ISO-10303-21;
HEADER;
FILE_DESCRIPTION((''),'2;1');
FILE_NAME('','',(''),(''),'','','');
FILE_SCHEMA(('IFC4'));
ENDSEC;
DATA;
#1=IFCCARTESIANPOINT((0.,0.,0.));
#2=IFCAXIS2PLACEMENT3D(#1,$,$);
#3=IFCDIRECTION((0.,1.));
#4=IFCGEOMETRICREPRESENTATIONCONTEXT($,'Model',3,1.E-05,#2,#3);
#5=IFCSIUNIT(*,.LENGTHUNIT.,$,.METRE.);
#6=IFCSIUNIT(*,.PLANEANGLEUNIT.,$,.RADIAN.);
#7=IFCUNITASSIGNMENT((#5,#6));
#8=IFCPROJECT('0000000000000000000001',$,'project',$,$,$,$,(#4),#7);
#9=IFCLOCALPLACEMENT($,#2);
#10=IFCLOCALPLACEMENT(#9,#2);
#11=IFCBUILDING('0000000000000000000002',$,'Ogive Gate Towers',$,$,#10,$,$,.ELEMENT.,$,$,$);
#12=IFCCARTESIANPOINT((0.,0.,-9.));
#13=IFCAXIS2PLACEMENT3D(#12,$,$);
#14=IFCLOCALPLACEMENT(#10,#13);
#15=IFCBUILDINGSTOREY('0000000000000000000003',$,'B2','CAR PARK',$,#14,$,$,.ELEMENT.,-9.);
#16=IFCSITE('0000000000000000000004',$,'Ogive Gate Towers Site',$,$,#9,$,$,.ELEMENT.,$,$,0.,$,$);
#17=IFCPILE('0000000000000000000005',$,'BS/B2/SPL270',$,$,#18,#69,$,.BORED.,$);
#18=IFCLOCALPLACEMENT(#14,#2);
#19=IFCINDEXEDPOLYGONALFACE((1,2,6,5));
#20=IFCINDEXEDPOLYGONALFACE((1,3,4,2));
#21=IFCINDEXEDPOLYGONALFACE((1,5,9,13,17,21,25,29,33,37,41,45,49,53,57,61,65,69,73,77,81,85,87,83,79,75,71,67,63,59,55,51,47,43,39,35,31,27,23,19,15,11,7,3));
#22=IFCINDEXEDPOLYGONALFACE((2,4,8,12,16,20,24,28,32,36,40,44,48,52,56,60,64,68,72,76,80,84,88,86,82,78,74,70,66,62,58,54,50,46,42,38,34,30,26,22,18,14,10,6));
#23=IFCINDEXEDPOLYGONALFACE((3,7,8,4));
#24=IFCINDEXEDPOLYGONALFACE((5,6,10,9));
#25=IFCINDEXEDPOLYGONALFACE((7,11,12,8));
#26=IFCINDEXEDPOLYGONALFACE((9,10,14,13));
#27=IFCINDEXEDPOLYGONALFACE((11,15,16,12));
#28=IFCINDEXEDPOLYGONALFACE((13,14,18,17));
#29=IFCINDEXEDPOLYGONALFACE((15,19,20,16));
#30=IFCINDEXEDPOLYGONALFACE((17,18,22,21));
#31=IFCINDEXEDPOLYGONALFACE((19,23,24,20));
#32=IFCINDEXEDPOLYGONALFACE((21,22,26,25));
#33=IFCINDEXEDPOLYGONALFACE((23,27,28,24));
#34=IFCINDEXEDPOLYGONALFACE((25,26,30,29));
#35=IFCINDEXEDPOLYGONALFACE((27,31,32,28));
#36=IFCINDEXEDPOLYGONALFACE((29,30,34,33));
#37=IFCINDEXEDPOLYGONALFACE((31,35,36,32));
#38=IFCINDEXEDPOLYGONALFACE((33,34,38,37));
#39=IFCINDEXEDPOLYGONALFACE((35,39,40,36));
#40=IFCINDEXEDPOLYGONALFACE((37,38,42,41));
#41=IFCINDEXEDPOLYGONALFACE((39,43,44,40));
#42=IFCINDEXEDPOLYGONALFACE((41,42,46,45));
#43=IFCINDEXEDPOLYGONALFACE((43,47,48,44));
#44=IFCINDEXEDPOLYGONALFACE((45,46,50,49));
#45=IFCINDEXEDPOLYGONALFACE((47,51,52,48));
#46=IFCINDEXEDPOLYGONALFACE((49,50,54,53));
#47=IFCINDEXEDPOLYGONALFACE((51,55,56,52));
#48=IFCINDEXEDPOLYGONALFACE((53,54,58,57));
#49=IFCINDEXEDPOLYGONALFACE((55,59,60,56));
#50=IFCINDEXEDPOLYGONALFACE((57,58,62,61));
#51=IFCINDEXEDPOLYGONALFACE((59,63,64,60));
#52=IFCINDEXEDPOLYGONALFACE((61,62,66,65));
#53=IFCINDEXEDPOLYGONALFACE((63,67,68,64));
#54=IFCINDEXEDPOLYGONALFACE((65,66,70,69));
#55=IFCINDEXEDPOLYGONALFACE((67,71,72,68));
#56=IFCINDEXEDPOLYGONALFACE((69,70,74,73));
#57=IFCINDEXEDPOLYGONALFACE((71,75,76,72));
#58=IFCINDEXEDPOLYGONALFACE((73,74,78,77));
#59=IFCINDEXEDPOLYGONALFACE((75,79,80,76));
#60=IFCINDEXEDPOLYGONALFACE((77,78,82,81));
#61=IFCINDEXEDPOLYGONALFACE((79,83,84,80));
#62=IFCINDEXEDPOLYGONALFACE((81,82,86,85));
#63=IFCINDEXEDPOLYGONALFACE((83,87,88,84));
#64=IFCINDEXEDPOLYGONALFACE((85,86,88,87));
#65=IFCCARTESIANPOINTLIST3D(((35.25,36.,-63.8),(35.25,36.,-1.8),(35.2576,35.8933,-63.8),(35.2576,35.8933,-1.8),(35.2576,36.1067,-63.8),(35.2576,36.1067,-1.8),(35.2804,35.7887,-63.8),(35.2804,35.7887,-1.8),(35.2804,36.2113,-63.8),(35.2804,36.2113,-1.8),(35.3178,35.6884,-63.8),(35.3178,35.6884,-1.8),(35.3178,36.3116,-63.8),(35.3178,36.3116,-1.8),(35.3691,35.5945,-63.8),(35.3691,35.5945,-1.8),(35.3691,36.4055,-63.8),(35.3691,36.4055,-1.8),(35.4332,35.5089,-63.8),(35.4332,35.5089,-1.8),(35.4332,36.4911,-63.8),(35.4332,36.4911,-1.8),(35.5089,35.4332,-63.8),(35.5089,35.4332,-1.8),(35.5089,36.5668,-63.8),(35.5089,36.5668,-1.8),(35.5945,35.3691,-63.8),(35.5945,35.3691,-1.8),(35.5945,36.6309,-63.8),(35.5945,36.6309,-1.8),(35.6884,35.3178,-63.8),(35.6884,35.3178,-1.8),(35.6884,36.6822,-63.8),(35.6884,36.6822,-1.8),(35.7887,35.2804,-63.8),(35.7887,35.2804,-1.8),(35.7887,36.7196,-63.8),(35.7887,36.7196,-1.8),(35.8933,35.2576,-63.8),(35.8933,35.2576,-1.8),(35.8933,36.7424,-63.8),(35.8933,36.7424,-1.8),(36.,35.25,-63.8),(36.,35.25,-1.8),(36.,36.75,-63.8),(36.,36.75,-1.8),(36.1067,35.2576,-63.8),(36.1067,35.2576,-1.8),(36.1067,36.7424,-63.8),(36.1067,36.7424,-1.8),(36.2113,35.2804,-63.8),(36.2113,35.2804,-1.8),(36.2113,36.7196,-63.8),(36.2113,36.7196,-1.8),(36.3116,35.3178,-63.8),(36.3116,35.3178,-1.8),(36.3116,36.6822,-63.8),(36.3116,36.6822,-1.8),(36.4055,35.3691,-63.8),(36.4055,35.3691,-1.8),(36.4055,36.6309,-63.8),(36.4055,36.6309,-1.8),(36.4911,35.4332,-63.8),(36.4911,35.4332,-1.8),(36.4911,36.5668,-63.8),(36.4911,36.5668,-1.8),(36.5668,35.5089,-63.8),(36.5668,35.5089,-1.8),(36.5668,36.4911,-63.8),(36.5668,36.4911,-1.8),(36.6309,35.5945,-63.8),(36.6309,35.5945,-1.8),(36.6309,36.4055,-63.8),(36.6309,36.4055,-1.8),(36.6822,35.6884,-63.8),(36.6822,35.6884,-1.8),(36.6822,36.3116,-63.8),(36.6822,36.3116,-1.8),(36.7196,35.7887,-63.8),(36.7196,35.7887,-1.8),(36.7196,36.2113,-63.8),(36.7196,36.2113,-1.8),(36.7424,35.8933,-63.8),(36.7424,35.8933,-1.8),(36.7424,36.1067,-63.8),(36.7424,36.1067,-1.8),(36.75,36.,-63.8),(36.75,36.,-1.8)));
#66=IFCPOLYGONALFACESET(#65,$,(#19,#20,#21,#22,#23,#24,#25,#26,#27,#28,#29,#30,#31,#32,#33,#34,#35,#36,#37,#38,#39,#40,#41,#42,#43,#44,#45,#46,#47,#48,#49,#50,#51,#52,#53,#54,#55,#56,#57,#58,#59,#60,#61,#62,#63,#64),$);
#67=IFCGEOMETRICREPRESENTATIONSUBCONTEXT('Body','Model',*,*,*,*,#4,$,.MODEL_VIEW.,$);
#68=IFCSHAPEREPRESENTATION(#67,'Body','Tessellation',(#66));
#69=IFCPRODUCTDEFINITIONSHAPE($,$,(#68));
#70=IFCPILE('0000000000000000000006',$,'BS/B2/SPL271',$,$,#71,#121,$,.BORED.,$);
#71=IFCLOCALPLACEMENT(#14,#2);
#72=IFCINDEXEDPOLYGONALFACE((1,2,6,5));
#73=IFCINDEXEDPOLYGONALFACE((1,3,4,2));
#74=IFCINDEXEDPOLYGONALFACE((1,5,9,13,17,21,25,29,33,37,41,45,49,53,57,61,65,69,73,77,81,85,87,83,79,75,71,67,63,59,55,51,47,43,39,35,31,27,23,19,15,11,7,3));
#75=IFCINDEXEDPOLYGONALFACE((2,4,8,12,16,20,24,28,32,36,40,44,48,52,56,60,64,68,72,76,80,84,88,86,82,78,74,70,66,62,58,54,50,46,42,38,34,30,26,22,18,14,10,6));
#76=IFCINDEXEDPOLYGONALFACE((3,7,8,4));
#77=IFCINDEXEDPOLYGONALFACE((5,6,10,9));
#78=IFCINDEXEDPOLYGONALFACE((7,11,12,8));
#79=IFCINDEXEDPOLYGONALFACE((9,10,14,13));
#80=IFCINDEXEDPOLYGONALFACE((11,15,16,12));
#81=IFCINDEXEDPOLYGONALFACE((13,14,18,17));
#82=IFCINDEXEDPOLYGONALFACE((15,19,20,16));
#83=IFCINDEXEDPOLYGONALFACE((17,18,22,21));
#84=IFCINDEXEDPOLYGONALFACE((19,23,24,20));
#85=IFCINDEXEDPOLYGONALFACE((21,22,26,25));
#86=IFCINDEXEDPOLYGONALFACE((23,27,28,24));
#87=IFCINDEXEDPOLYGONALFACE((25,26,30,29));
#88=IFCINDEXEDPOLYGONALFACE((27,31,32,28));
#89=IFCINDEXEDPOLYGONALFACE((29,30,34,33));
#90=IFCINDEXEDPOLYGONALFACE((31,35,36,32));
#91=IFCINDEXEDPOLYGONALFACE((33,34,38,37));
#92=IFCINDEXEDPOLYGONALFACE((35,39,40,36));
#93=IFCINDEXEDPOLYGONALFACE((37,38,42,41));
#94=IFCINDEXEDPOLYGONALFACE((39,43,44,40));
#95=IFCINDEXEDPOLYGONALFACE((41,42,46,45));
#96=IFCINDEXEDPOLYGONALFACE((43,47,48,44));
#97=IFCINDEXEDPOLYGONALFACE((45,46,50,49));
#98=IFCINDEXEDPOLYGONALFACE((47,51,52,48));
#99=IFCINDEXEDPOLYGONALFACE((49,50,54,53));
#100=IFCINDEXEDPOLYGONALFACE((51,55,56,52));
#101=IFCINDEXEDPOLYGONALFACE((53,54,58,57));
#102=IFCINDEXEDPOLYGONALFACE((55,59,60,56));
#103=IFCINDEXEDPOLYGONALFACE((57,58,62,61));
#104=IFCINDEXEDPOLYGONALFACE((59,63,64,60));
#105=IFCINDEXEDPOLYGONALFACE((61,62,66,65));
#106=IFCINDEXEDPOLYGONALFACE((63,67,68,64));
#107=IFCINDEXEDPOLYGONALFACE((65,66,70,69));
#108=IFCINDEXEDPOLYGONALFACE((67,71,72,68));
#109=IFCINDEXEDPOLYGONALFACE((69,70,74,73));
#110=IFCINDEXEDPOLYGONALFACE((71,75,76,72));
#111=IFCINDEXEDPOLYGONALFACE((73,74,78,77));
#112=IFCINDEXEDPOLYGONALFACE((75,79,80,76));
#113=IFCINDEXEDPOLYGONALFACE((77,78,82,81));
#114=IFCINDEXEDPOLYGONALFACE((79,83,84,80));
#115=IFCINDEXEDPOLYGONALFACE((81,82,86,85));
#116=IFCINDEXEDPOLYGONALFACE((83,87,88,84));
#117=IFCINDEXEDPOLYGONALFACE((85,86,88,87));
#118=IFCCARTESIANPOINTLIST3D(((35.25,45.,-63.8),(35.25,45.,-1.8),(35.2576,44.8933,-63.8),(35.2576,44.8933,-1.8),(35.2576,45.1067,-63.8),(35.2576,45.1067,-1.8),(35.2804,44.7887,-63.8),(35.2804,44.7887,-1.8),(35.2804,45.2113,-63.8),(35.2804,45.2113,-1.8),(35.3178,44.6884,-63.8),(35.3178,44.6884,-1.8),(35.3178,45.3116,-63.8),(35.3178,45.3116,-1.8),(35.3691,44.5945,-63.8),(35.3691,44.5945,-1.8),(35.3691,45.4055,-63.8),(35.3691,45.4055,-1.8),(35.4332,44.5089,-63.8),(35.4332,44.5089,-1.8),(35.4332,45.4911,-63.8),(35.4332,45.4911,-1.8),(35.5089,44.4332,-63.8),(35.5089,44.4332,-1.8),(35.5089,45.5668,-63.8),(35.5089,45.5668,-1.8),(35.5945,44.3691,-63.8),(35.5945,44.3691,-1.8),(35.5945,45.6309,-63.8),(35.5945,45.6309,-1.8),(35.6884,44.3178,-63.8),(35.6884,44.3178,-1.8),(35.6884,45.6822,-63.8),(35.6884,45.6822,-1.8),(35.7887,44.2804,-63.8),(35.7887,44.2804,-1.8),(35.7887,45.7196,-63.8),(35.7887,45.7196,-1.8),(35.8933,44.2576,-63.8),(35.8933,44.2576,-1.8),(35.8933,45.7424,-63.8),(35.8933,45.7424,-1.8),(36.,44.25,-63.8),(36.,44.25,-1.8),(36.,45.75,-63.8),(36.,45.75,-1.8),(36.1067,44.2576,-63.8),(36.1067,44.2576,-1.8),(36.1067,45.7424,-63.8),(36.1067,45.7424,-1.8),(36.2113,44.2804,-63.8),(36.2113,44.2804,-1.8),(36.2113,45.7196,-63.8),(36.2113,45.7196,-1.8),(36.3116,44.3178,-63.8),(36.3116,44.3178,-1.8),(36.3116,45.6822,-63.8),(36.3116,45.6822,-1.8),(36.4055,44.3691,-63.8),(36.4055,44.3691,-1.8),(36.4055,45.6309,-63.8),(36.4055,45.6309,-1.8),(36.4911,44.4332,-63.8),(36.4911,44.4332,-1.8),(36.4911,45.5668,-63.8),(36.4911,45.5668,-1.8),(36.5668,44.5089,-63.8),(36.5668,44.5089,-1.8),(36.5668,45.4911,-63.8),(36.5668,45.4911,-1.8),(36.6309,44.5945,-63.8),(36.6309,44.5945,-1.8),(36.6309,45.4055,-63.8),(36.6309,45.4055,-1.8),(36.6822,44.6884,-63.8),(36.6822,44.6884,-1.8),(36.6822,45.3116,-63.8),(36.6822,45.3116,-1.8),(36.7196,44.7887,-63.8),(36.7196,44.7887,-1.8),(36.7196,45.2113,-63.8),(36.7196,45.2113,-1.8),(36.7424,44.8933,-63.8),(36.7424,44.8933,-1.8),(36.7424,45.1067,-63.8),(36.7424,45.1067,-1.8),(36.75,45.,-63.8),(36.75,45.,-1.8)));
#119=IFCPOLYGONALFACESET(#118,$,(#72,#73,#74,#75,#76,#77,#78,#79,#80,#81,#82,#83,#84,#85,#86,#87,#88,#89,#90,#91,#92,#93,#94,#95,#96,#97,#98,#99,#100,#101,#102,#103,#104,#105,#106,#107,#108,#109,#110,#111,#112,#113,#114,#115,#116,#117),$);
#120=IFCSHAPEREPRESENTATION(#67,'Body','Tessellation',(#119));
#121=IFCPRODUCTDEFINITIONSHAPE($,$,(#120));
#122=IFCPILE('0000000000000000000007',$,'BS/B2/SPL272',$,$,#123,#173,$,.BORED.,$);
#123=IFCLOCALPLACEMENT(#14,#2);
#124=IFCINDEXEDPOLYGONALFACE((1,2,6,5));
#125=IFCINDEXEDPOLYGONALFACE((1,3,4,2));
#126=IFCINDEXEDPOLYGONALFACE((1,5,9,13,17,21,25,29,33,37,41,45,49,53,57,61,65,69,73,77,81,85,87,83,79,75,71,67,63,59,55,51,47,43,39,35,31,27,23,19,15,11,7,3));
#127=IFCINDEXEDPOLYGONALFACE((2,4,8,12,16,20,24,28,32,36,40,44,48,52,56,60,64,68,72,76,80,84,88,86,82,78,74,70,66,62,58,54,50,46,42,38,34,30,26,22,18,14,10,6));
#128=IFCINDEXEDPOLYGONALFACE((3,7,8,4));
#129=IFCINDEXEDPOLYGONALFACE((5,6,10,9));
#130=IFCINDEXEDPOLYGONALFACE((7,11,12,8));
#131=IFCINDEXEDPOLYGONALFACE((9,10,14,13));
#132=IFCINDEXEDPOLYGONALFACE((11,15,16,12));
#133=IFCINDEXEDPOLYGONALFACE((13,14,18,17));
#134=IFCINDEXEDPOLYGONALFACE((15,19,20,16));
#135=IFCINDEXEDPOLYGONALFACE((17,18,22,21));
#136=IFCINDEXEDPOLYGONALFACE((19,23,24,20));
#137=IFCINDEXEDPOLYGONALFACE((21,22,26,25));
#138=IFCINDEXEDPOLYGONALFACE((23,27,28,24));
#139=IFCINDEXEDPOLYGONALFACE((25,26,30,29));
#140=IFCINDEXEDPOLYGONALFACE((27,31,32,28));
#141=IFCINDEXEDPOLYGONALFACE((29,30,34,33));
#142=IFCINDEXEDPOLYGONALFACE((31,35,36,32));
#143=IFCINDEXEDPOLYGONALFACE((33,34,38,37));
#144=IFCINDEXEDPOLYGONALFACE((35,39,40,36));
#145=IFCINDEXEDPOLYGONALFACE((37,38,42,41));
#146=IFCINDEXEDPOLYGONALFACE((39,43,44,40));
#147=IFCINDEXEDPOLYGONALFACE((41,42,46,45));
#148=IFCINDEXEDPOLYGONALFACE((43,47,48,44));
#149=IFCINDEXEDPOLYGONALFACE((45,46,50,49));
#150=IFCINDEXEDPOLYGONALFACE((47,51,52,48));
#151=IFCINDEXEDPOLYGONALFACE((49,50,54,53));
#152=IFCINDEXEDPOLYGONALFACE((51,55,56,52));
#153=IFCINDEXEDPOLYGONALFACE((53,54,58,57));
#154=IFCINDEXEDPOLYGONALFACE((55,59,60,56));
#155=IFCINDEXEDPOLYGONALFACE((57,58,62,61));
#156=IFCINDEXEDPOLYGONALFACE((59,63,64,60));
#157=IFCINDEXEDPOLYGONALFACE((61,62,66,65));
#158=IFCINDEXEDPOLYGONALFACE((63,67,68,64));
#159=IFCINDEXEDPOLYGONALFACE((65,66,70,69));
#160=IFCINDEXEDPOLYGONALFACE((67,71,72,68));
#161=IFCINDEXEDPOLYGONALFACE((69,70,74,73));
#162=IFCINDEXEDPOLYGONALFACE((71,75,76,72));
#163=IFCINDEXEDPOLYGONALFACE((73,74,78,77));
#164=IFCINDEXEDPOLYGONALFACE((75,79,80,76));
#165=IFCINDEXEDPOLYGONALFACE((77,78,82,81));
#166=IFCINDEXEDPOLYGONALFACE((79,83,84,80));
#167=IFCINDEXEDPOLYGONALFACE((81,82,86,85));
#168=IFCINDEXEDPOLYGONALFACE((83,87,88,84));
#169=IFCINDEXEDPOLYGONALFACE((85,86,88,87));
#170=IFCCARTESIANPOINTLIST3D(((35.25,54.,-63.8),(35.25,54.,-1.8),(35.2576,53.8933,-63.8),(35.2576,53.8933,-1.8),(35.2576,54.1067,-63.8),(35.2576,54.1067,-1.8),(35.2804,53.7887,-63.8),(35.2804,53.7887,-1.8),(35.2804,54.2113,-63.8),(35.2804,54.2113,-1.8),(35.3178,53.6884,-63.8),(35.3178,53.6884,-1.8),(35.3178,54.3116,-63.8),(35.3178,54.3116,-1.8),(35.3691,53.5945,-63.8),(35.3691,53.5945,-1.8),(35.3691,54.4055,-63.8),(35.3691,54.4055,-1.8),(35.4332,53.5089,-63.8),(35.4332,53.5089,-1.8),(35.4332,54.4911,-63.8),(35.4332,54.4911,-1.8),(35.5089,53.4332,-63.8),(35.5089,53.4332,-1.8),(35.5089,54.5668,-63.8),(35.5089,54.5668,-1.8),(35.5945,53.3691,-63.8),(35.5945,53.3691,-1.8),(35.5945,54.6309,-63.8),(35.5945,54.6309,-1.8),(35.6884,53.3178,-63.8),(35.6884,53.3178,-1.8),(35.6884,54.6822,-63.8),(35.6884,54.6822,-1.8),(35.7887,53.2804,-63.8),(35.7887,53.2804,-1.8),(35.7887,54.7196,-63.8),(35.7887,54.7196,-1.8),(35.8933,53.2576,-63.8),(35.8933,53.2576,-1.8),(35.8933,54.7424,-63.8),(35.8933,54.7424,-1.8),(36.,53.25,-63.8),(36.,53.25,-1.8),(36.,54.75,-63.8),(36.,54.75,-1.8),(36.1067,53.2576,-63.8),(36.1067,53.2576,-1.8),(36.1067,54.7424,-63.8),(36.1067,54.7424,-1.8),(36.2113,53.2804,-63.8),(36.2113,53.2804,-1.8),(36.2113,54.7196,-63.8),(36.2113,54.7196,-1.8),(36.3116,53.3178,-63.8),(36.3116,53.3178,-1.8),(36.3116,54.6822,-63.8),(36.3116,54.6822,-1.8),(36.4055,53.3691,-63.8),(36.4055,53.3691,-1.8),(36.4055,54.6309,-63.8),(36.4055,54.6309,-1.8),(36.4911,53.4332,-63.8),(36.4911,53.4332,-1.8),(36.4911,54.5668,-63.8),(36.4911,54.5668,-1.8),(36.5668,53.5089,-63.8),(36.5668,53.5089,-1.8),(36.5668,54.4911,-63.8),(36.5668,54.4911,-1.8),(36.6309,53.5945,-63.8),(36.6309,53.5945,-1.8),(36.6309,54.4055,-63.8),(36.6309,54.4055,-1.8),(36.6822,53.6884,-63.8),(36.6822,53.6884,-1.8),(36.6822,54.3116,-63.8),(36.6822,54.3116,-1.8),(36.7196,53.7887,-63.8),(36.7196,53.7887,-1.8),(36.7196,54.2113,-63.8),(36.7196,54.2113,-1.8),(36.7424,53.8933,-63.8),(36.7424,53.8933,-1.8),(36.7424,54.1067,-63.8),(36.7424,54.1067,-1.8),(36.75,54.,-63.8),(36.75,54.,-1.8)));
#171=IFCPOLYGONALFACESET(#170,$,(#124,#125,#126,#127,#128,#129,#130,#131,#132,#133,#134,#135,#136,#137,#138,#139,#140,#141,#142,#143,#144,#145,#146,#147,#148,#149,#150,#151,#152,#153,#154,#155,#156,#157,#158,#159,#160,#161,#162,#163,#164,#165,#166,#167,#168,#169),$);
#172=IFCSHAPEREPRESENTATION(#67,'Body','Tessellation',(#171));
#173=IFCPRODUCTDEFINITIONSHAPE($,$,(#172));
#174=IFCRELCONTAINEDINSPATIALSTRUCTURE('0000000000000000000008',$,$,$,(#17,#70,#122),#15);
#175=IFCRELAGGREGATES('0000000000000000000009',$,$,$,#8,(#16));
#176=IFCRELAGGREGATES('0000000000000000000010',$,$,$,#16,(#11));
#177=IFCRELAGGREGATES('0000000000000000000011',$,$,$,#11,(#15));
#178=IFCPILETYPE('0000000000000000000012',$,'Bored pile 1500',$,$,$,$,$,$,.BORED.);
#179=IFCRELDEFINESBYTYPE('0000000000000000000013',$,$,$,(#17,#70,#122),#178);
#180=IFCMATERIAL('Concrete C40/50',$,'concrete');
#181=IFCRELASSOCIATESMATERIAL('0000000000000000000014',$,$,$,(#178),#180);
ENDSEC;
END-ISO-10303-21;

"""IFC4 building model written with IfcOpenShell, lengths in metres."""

from ifc_helpers import new_model, si_unit, direction, frame, origin, origin_2d, place, context, subcontext, project, spatial, circle, extrude, material, material_profile, profile_set, type_object, element, save


model = new_model("IFC4")

# Units and contexts
model_context = context("Model", 3, precision=1e-05, world=origin(), true_north=direction((0.0, 1.0)))
body_context = subcontext(model_context, "Body", "Model", "MODEL_VIEW")
ifc_project = project(units=[si_unit("LENGTHUNIT", "METRE"), si_unit("PLANEANGLEUNIT", "RADIAN")], contexts=[model_context])

# Site, building, storey
site_placement = place(None, origin())
site = spatial("IfcSite", under=ifc_project, at=site_placement, Name="Ogive Gate Towers Site", CompositionType="ELEMENT", RefElevation=0.0)
building_placement = place(site_placement, origin())
building = spatial("IfcBuilding", under=site, at=building_placement, Name="Ogive Gate Towers", CompositionType="ELEMENT")
storey_placement = place(building_placement, frame((0.0, 0.0, -9.0)))
storey = spatial("IfcBuildingStorey", under=building, at=storey_placement, Name="B2", Description="CAR PARK", CompositionType="ELEMENT", Elevation=-9.0)

# Piles
ifc_material_1 = material(Name="Concrete C40/50", Category="concrete")
ifc_material_profile_1 = material_profile(ifc_material_1, circle(Radius=0.75, at=origin_2d()), Name="BP 1500")
ifc_profile_set_1 = profile_set([ifc_material_profile_1], Name="Concrete C40/50")
pile_type = type_object("IfcPileType", Name="Bored pile 1500", PredefinedType="BORED", material=ifc_profile_set_1)
for number, where, z_axis, x_axis, name in (
    (1, (36.0, 36.0, -1.8), (0.0, 0.0, -1.0), (1.0, 0.0, 0.0), "BS/B2/SPL270"),
    (2, (36.0, 45.0, -1.8), (0.0, 0.0, -1.0), (1.0, 0.0, 0.0), "BS/B2/SPL271"),
    (3, (36.0, 54.0, -1.8), (0.0, 0.0, -1.0), (1.0, 0.0, 0.0), "BS/B2/SPL272"),
):
    element("IfcPile", number, at=place(storey_placement, frame(where, z_axis=z_axis, x_axis=x_axis)), inside=storey, type_object=pile_type, Name=name, PredefinedType="BORED", context=body_context, shape_type="SweptSolid", body=[
        extrude(circle(Radius=0.75, at=origin_2d()), origin(), (0.0, 0.0, 1.0), 62.0),
    ])

save(model, "model.ifc")
